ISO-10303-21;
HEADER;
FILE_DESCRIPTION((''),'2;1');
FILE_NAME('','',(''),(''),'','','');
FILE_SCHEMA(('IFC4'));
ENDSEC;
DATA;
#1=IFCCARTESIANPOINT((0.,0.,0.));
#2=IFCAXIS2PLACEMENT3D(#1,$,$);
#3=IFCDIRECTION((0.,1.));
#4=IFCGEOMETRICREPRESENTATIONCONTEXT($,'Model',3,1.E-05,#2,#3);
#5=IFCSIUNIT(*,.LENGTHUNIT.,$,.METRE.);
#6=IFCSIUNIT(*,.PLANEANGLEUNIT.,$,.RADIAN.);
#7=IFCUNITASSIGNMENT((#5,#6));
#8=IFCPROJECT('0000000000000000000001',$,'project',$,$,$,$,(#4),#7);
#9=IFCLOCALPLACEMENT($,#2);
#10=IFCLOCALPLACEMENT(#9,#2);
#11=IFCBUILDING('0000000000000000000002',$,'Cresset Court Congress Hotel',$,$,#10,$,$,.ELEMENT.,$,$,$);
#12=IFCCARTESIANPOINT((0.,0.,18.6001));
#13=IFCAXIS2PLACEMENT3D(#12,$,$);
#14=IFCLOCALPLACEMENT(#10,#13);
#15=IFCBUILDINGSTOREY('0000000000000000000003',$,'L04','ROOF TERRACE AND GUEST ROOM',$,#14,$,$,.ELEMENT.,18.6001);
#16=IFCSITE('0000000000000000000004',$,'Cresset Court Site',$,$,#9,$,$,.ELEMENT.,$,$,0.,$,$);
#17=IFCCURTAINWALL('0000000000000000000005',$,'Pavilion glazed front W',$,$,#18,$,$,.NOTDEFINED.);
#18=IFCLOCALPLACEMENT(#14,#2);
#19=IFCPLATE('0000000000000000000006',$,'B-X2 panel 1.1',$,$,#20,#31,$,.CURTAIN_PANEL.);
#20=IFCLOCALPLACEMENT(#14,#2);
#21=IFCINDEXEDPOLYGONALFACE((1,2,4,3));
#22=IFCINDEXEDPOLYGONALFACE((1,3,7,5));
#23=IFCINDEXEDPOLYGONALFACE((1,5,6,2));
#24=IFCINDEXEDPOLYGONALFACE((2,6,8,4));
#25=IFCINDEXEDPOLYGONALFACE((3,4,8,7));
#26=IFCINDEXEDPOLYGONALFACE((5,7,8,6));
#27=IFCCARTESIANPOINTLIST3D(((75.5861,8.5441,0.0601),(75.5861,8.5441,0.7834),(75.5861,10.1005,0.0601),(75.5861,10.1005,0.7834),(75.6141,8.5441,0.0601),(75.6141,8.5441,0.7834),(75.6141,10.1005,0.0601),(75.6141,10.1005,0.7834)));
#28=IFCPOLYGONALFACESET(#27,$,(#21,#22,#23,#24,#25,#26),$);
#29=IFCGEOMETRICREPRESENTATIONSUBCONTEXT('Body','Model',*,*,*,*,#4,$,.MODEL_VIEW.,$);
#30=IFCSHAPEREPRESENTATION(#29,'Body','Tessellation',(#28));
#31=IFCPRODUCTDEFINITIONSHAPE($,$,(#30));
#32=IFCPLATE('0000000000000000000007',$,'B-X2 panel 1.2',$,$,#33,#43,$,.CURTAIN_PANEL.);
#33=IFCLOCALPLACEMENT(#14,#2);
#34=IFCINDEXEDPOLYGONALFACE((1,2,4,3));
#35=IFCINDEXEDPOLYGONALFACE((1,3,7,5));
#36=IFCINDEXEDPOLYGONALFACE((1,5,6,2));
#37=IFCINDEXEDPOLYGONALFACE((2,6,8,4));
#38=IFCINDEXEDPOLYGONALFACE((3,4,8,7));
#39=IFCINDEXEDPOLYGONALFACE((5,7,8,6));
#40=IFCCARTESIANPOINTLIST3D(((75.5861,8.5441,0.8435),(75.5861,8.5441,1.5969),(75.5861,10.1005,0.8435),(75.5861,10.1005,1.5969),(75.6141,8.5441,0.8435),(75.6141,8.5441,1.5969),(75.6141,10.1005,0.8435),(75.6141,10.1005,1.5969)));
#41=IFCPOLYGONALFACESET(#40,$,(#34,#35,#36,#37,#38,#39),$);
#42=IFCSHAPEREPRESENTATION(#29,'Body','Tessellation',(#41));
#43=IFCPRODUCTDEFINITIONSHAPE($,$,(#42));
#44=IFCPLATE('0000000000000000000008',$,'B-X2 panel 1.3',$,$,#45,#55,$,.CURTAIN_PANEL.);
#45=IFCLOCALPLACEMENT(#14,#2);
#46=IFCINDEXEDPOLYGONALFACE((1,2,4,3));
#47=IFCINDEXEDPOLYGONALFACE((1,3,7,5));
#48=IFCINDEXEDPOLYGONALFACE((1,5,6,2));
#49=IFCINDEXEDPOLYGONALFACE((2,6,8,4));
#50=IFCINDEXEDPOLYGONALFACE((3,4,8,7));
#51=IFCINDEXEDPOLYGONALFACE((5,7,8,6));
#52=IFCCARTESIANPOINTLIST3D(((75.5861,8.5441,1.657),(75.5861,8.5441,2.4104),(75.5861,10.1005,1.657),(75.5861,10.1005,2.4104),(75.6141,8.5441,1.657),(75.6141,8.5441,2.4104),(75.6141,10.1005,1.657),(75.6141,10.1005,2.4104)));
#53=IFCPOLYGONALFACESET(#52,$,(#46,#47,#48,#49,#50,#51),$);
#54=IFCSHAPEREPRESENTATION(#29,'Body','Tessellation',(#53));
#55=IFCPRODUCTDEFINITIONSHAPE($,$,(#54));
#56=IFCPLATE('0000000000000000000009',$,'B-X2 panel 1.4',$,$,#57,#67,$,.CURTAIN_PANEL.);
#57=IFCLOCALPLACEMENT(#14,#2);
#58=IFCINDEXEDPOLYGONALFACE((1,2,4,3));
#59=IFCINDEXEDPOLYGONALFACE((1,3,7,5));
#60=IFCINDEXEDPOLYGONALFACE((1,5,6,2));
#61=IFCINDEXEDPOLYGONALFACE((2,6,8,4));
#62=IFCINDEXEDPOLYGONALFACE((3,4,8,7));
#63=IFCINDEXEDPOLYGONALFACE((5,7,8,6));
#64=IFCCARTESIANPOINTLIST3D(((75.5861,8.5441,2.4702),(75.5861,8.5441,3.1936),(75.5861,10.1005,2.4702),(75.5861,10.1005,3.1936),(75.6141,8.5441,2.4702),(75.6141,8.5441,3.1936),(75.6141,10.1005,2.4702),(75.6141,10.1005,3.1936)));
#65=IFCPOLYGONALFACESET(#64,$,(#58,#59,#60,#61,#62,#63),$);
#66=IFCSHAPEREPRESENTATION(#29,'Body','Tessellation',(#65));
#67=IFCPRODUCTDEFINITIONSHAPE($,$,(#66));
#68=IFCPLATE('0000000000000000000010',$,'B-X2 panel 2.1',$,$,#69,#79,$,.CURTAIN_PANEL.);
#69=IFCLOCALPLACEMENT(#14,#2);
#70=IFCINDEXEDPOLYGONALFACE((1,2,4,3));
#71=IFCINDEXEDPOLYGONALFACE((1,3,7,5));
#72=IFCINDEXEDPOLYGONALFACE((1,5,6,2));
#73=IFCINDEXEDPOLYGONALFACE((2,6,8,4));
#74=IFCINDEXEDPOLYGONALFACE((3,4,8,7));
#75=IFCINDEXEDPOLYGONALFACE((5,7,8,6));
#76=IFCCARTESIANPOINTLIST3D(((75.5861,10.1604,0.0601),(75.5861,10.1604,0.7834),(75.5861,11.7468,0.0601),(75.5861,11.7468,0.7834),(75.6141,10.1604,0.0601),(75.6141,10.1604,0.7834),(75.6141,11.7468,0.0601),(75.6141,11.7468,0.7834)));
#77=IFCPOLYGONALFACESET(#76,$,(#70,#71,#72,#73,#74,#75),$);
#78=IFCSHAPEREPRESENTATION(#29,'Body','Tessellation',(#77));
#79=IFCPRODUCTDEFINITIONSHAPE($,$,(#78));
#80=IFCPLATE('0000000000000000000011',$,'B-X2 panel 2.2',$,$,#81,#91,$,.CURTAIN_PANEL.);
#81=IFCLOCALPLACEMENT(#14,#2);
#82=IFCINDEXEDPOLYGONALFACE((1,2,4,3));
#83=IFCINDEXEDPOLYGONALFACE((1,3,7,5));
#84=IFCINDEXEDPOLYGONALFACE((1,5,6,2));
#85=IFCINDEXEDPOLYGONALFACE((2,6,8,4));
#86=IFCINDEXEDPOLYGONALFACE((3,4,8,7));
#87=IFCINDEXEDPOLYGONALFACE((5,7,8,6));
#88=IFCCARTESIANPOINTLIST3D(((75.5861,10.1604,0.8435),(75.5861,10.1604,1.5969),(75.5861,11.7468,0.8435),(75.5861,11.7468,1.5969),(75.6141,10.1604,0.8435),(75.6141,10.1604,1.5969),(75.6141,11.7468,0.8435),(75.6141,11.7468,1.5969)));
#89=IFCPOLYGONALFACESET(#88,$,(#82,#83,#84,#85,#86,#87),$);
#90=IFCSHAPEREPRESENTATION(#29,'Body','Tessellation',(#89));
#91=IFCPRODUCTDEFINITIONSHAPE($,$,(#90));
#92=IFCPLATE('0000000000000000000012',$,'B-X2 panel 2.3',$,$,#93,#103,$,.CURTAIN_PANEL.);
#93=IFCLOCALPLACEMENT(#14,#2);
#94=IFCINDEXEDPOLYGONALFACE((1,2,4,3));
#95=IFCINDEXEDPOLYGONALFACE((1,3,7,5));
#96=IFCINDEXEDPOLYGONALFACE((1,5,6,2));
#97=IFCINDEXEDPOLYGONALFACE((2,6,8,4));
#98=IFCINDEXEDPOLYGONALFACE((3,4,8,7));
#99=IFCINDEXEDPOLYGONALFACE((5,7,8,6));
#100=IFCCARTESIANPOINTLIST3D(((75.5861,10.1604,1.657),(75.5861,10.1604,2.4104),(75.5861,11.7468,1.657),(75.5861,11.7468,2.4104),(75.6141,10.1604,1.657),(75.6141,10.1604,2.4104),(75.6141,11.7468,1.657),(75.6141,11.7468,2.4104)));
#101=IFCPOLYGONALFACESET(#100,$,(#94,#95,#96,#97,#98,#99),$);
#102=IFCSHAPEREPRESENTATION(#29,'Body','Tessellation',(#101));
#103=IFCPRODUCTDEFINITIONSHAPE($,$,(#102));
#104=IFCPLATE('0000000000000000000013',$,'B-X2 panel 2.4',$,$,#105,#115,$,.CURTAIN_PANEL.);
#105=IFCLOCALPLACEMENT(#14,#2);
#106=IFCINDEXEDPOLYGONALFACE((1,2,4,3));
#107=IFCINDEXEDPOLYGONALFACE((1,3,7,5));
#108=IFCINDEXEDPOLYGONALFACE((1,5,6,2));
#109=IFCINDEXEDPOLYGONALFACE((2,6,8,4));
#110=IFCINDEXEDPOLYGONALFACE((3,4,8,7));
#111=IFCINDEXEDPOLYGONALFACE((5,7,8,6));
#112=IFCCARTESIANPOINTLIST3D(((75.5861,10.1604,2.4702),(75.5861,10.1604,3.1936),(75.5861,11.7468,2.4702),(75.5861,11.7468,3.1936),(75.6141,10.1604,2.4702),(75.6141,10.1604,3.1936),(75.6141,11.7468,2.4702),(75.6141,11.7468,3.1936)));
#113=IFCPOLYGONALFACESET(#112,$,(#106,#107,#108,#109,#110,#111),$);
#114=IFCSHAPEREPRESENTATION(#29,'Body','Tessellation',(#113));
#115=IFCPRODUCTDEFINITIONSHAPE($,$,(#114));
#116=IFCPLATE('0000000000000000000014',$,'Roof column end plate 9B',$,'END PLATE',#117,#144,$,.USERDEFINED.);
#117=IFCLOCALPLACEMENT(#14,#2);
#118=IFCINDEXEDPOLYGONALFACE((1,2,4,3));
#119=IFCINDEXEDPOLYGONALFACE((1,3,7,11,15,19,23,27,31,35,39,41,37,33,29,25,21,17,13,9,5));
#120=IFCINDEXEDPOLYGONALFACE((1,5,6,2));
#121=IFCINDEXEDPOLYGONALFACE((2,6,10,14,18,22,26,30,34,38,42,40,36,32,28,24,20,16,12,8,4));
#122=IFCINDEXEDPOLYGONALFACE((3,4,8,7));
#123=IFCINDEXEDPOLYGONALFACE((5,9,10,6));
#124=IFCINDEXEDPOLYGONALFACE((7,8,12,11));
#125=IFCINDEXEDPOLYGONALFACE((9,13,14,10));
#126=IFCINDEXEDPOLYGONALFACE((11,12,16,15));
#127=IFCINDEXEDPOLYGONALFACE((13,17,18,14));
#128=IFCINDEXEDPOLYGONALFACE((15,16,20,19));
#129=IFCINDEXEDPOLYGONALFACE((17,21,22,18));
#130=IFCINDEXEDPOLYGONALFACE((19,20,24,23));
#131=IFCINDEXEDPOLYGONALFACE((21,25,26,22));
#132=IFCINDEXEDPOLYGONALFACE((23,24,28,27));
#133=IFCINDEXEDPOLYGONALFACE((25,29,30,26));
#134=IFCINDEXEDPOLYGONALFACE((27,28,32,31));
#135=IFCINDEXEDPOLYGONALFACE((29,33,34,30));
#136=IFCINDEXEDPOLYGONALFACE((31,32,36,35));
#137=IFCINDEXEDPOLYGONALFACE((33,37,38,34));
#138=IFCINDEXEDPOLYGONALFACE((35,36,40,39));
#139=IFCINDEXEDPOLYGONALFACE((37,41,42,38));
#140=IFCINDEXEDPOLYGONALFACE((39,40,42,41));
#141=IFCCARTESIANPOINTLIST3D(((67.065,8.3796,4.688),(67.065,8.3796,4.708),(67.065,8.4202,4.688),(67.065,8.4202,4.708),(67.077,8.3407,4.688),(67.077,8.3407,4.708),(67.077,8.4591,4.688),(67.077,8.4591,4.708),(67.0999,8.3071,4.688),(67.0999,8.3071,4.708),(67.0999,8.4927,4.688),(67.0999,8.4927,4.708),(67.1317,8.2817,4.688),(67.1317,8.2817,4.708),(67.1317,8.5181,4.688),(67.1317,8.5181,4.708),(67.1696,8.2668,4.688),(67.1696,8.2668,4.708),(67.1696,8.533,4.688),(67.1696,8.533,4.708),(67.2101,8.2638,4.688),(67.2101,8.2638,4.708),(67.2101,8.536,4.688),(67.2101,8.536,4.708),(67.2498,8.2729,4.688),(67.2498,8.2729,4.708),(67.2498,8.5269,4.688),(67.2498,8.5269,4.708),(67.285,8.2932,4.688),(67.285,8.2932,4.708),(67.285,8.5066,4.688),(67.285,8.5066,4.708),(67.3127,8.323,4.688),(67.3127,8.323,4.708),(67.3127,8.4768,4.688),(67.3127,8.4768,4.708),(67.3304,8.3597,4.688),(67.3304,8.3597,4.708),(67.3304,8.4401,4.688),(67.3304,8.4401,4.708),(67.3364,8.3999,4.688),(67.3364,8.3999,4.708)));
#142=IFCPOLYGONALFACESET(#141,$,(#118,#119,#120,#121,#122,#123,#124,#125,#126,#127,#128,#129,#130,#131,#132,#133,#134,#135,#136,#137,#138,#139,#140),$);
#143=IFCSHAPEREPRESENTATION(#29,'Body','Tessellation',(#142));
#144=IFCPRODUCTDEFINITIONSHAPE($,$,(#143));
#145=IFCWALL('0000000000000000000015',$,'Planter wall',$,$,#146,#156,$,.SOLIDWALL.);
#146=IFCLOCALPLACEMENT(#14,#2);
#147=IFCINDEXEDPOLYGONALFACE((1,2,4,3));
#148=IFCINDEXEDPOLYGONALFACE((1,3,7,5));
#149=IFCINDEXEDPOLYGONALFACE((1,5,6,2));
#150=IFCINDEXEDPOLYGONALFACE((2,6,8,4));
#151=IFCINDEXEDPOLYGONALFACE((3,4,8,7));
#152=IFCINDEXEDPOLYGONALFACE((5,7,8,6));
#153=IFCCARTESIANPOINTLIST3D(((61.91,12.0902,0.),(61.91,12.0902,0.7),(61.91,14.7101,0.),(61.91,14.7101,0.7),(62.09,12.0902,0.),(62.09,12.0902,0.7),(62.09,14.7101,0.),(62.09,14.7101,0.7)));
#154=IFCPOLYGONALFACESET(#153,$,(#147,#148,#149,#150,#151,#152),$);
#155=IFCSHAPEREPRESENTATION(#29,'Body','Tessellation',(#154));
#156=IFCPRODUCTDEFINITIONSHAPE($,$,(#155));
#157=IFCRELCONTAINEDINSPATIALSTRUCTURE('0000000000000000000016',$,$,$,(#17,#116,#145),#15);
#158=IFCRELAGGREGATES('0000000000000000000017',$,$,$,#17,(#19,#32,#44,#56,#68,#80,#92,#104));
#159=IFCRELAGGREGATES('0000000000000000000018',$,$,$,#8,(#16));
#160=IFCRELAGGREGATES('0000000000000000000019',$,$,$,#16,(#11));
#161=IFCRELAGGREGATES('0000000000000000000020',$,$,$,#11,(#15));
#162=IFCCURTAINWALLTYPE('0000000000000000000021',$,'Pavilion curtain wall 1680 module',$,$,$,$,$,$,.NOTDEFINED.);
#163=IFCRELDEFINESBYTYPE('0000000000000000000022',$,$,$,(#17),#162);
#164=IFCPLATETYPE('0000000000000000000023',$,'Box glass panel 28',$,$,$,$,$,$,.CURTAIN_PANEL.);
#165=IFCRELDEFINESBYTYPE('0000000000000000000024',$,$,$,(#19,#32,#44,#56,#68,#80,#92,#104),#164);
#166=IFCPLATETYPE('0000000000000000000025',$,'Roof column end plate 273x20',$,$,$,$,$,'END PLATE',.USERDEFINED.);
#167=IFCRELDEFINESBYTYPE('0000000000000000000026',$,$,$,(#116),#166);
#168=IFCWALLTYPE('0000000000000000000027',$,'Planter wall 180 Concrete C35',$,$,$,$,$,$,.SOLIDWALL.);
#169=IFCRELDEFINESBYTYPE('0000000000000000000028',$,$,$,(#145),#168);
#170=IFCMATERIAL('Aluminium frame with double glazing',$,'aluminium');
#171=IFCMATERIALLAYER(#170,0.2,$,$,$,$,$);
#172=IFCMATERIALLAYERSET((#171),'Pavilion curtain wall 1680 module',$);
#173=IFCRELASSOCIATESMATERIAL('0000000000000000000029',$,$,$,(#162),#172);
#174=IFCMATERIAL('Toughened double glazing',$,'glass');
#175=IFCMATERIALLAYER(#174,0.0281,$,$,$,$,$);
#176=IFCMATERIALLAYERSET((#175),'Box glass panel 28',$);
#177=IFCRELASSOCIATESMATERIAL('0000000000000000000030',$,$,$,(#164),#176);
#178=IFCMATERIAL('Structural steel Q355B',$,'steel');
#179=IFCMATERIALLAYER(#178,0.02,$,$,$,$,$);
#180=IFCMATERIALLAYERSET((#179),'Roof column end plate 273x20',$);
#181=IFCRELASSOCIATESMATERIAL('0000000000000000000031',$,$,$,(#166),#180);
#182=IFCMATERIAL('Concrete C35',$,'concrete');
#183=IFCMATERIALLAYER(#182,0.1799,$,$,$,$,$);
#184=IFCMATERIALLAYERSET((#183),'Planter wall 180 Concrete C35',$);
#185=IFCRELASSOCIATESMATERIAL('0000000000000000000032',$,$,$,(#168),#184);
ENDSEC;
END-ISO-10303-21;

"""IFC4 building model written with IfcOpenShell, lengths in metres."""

from ifc_helpers import new_model, si_unit, direction, frame, frame_2d, origin, origin_2d, place, context, subcontext, project, spatial, rectangle, circle, extrude, material, layer, layer_set, type_object, element, aggregate, save


model = new_model("IFC4")

# Units and contexts
model_context = context("Model", 3, precision=1e-05, world=origin(), true_north=direction((0.0, 1.0)))
body_context = subcontext(model_context, "Body", "Model", "MODEL_VIEW")
ifc_project = project(units=[si_unit("LENGTHUNIT", "METRE"), si_unit("PLANEANGLEUNIT", "RADIAN")], contexts=[model_context])

# Site, building, storey
site_placement = place(None, origin())
site = spatial("IfcSite", under=ifc_project, at=site_placement, Name="Cresset Court Site", CompositionType="ELEMENT", RefElevation=0.0)
building_placement = place(site_placement, origin())
building = spatial("IfcBuilding", under=site, at=building_placement, Name="Cresset Court Congress Hotel", CompositionType="ELEMENT")
storey_placement = place(building_placement, frame((0.0, 0.0, 18.6001)))
storey = spatial("IfcBuildingStorey", under=building, at=storey_placement, Name="L04", Description="ROOF TERRACE AND GUEST ROOM", CompositionType="ELEMENT", Elevation=18.6001)

# Curtain wall
ifc_material_1 = material(Name="Aluminium frame with double glazing", Category="aluminium")
ifc_layer_1 = layer(ifc_material_1, 0.2)
ifc_layer_set_1 = layer_set([ifc_layer_1], Name="Pavilion curtain wall 1680 module")
curtain_wall_type = type_object("IfcCurtainWallType", Name="Pavilion curtain wall 1680 module", PredefinedType="NOTDEFINED", material=ifc_layer_set_1)
curtain_wall_placement = place(storey_placement, origin())
curtain_wall = element("IfcCurtainWall", 1, at=curtain_wall_placement, inside=storey, type_object=curtain_wall_type, Name="Pavilion glazed front W", PredefinedType="NOTDEFINED")

# Plates
ifc_material_2 = material(Name="Toughened double glazing", Category="glass")
ifc_layer_2 = layer(ifc_material_2, 0.0281)
ifc_layer_set_2 = layer_set([ifc_layer_2], Name="Box glass panel 28")
plate_type_1 = type_object("IfcPlateType", Name="Box glass panel 28", PredefinedType="CURTAIN_PANEL", material=ifc_layer_set_2)
plate_1_placement = place(storey_placement, frame((75.6001, 9.3223, 0.0601), z_axis=(0.0, 0.0, 1.0), x_axis=(0.0, 1.0, 0.0)))
plate_1 = element("IfcPlate", 2, at=plate_1_placement, type_object=plate_type_1, Name="B-X2 panel 1.1", PredefinedType="CURTAIN_PANEL", context=body_context, shape_type="SweptSolid", body=[
    extrude(rectangle(XDim=1.5564, YDim=0.0281, at=origin_2d()), origin(), (0.0, 0.0, 1.0), 0.7234),
])
plate_2_placement = place(storey_placement, frame((75.6001, 9.3223, 0.8435), z_axis=(0.0, 0.0, 1.0), x_axis=(0.0, 1.0, 0.0)))
plate_2 = element("IfcPlate", 3, at=plate_2_placement, type_object=plate_type_1, Name="B-X2 panel 1.2", PredefinedType="CURTAIN_PANEL", context=body_context, shape_type="SweptSolid", body=[
    extrude(rectangle(XDim=1.5564, YDim=0.0281, at=origin_2d()), origin(), (0.0, 0.0, 1.0), 0.7534),
])
plate_3_placement = place(storey_placement, frame((75.6001, 9.3223, 1.657), z_axis=(0.0, 0.0, 1.0), x_axis=(0.0, 1.0, 0.0)))
plate_3 = element("IfcPlate", 4, at=plate_3_placement, type_object=plate_type_1, Name="B-X2 panel 1.3", PredefinedType="CURTAIN_PANEL", context=body_context, shape_type="SweptSolid", body=[
    extrude(rectangle(XDim=1.5564, YDim=0.0281, at=origin_2d()), origin(), (0.0, 0.0, 1.0), 0.7534),
])
plate_4_placement = place(storey_placement, frame((75.6001, 9.3223, 2.4702), z_axis=(0.0, 0.0, 1.0), x_axis=(0.0, 1.0, 0.0)))
plate_4 = element("IfcPlate", 5, at=plate_4_placement, type_object=plate_type_1, Name="B-X2 panel 1.4", PredefinedType="CURTAIN_PANEL", context=body_context, shape_type="SweptSolid", body=[
    extrude(rectangle(XDim=1.5564, YDim=0.0281, at=origin_2d()), origin(), (0.0, 0.0, 1.0), 0.7234),
])
plate_5_placement = place(storey_placement, frame((75.6001, 10.9536, 0.0601), z_axis=(0.0, 0.0, 1.0), x_axis=(0.0, 1.0, 0.0)))
plate_5 = element("IfcPlate", 6, at=plate_5_placement, type_object=plate_type_1, Name="B-X2 panel 2.1", PredefinedType="CURTAIN_PANEL", context=body_context, shape_type="SweptSolid", body=[
    extrude(rectangle(XDim=1.5864, YDim=0.0281, at=origin_2d()), origin(), (0.0, 0.0, 1.0), 0.7234),
])
plate_6_placement = place(storey_placement, frame((75.6001, 10.9536, 0.8435), z_axis=(0.0, 0.0, 1.0), x_axis=(0.0, 1.0, 0.0)))
plate_6 = element("IfcPlate", 7, at=plate_6_placement, type_object=plate_type_1, Name="B-X2 panel 2.2", PredefinedType="CURTAIN_PANEL", context=body_context, shape_type="SweptSolid", body=[
    extrude(rectangle(XDim=1.5864, YDim=0.0281, at=origin_2d()), origin(), (0.0, 0.0, 1.0), 0.7534),
])
plate_7_placement = place(storey_placement, frame((75.6001, 10.9536, 1.657), z_axis=(0.0, 0.0, 1.0), x_axis=(0.0, 1.0, 0.0)))
plate_7 = element("IfcPlate", 8, at=plate_7_placement, type_object=plate_type_1, Name="B-X2 panel 2.3", PredefinedType="CURTAIN_PANEL", context=body_context, shape_type="SweptSolid", body=[
    extrude(rectangle(XDim=1.5864, YDim=0.0281, at=origin_2d()), origin(), (0.0, 0.0, 1.0), 0.7534),
])
plate_8_placement = place(storey_placement, frame((75.6001, 10.9536, 2.4702), z_axis=(0.0, 0.0, 1.0), x_axis=(0.0, 1.0, 0.0)))
plate_8 = element("IfcPlate", 9, at=plate_8_placement, type_object=plate_type_1, Name="B-X2 panel 2.4", PredefinedType="CURTAIN_PANEL", context=body_context, shape_type="SweptSolid", body=[
    extrude(rectangle(XDim=1.5864, YDim=0.0281, at=origin_2d()), origin(), (0.0, 0.0, 1.0), 0.7234),
])
aggregate(curtain_wall, [plate_1, plate_2, plate_3, plate_4, plate_5, plate_6, plate_7, plate_8])
ifc_material_3 = material(Name="Structural steel Q355B", Category="steel")
ifc_layer_3 = layer(ifc_material_3, 0.02)
ifc_layer_set_3 = layer_set([ifc_layer_3], Name="Roof column end plate 273x20")
plate_type_2 = type_object("IfcPlateType", Name="Roof column end plate 273x20", ElementType="END PLATE", PredefinedType="USERDEFINED", material=ifc_layer_set_3)
plate_9_placement = place(storey_placement, frame((67.2, 8.3999, 4.688), z_axis=(0.0, 0.0, 1.0), x_axis=(1.0, 0.0, 0.0)))
element("IfcPlate", 10, at=plate_9_placement, inside=storey, type_object=plate_type_2, Name="Roof column end plate 9B", ObjectType="END PLATE", PredefinedType="USERDEFINED", context=body_context, shape_type="SweptSolid", body=[
    extrude(circle(Radius=0.1365, at=origin_2d()), origin(), (0.0, 0.0, 1.0), 0.02),
])

# Wall
ifc_material_4 = material(Name="Concrete C35", Category="concrete")
ifc_layer_4 = layer(ifc_material_4, 0.1799)
ifc_layer_set_4 = layer_set([ifc_layer_4], Name="Planter wall 180 Concrete C35")
wall_type = type_object("IfcWallType", Name="Planter wall 180 Concrete C35", PredefinedType="SOLIDWALL", material=ifc_layer_set_4)
wall_placement = place(storey_placement, frame((62.0, 12.0901, 0.0), z_axis=(0.0, 0.0, 1.0), x_axis=(0.0, 1.0, 0.0)))
element("IfcWall", 11, at=wall_placement, inside=storey, type_object=wall_type, Name="Planter wall", PredefinedType="SOLIDWALL", context=body_context, shape_type="SweptSolid", body=[
    extrude(rectangle(XDim=2.6199, YDim=0.1799, at=frame_2d((1.3101, 0.0))), origin(), (0.0, 0.0, 1.0), 0.7),
])

save(model, "model.ifc")
